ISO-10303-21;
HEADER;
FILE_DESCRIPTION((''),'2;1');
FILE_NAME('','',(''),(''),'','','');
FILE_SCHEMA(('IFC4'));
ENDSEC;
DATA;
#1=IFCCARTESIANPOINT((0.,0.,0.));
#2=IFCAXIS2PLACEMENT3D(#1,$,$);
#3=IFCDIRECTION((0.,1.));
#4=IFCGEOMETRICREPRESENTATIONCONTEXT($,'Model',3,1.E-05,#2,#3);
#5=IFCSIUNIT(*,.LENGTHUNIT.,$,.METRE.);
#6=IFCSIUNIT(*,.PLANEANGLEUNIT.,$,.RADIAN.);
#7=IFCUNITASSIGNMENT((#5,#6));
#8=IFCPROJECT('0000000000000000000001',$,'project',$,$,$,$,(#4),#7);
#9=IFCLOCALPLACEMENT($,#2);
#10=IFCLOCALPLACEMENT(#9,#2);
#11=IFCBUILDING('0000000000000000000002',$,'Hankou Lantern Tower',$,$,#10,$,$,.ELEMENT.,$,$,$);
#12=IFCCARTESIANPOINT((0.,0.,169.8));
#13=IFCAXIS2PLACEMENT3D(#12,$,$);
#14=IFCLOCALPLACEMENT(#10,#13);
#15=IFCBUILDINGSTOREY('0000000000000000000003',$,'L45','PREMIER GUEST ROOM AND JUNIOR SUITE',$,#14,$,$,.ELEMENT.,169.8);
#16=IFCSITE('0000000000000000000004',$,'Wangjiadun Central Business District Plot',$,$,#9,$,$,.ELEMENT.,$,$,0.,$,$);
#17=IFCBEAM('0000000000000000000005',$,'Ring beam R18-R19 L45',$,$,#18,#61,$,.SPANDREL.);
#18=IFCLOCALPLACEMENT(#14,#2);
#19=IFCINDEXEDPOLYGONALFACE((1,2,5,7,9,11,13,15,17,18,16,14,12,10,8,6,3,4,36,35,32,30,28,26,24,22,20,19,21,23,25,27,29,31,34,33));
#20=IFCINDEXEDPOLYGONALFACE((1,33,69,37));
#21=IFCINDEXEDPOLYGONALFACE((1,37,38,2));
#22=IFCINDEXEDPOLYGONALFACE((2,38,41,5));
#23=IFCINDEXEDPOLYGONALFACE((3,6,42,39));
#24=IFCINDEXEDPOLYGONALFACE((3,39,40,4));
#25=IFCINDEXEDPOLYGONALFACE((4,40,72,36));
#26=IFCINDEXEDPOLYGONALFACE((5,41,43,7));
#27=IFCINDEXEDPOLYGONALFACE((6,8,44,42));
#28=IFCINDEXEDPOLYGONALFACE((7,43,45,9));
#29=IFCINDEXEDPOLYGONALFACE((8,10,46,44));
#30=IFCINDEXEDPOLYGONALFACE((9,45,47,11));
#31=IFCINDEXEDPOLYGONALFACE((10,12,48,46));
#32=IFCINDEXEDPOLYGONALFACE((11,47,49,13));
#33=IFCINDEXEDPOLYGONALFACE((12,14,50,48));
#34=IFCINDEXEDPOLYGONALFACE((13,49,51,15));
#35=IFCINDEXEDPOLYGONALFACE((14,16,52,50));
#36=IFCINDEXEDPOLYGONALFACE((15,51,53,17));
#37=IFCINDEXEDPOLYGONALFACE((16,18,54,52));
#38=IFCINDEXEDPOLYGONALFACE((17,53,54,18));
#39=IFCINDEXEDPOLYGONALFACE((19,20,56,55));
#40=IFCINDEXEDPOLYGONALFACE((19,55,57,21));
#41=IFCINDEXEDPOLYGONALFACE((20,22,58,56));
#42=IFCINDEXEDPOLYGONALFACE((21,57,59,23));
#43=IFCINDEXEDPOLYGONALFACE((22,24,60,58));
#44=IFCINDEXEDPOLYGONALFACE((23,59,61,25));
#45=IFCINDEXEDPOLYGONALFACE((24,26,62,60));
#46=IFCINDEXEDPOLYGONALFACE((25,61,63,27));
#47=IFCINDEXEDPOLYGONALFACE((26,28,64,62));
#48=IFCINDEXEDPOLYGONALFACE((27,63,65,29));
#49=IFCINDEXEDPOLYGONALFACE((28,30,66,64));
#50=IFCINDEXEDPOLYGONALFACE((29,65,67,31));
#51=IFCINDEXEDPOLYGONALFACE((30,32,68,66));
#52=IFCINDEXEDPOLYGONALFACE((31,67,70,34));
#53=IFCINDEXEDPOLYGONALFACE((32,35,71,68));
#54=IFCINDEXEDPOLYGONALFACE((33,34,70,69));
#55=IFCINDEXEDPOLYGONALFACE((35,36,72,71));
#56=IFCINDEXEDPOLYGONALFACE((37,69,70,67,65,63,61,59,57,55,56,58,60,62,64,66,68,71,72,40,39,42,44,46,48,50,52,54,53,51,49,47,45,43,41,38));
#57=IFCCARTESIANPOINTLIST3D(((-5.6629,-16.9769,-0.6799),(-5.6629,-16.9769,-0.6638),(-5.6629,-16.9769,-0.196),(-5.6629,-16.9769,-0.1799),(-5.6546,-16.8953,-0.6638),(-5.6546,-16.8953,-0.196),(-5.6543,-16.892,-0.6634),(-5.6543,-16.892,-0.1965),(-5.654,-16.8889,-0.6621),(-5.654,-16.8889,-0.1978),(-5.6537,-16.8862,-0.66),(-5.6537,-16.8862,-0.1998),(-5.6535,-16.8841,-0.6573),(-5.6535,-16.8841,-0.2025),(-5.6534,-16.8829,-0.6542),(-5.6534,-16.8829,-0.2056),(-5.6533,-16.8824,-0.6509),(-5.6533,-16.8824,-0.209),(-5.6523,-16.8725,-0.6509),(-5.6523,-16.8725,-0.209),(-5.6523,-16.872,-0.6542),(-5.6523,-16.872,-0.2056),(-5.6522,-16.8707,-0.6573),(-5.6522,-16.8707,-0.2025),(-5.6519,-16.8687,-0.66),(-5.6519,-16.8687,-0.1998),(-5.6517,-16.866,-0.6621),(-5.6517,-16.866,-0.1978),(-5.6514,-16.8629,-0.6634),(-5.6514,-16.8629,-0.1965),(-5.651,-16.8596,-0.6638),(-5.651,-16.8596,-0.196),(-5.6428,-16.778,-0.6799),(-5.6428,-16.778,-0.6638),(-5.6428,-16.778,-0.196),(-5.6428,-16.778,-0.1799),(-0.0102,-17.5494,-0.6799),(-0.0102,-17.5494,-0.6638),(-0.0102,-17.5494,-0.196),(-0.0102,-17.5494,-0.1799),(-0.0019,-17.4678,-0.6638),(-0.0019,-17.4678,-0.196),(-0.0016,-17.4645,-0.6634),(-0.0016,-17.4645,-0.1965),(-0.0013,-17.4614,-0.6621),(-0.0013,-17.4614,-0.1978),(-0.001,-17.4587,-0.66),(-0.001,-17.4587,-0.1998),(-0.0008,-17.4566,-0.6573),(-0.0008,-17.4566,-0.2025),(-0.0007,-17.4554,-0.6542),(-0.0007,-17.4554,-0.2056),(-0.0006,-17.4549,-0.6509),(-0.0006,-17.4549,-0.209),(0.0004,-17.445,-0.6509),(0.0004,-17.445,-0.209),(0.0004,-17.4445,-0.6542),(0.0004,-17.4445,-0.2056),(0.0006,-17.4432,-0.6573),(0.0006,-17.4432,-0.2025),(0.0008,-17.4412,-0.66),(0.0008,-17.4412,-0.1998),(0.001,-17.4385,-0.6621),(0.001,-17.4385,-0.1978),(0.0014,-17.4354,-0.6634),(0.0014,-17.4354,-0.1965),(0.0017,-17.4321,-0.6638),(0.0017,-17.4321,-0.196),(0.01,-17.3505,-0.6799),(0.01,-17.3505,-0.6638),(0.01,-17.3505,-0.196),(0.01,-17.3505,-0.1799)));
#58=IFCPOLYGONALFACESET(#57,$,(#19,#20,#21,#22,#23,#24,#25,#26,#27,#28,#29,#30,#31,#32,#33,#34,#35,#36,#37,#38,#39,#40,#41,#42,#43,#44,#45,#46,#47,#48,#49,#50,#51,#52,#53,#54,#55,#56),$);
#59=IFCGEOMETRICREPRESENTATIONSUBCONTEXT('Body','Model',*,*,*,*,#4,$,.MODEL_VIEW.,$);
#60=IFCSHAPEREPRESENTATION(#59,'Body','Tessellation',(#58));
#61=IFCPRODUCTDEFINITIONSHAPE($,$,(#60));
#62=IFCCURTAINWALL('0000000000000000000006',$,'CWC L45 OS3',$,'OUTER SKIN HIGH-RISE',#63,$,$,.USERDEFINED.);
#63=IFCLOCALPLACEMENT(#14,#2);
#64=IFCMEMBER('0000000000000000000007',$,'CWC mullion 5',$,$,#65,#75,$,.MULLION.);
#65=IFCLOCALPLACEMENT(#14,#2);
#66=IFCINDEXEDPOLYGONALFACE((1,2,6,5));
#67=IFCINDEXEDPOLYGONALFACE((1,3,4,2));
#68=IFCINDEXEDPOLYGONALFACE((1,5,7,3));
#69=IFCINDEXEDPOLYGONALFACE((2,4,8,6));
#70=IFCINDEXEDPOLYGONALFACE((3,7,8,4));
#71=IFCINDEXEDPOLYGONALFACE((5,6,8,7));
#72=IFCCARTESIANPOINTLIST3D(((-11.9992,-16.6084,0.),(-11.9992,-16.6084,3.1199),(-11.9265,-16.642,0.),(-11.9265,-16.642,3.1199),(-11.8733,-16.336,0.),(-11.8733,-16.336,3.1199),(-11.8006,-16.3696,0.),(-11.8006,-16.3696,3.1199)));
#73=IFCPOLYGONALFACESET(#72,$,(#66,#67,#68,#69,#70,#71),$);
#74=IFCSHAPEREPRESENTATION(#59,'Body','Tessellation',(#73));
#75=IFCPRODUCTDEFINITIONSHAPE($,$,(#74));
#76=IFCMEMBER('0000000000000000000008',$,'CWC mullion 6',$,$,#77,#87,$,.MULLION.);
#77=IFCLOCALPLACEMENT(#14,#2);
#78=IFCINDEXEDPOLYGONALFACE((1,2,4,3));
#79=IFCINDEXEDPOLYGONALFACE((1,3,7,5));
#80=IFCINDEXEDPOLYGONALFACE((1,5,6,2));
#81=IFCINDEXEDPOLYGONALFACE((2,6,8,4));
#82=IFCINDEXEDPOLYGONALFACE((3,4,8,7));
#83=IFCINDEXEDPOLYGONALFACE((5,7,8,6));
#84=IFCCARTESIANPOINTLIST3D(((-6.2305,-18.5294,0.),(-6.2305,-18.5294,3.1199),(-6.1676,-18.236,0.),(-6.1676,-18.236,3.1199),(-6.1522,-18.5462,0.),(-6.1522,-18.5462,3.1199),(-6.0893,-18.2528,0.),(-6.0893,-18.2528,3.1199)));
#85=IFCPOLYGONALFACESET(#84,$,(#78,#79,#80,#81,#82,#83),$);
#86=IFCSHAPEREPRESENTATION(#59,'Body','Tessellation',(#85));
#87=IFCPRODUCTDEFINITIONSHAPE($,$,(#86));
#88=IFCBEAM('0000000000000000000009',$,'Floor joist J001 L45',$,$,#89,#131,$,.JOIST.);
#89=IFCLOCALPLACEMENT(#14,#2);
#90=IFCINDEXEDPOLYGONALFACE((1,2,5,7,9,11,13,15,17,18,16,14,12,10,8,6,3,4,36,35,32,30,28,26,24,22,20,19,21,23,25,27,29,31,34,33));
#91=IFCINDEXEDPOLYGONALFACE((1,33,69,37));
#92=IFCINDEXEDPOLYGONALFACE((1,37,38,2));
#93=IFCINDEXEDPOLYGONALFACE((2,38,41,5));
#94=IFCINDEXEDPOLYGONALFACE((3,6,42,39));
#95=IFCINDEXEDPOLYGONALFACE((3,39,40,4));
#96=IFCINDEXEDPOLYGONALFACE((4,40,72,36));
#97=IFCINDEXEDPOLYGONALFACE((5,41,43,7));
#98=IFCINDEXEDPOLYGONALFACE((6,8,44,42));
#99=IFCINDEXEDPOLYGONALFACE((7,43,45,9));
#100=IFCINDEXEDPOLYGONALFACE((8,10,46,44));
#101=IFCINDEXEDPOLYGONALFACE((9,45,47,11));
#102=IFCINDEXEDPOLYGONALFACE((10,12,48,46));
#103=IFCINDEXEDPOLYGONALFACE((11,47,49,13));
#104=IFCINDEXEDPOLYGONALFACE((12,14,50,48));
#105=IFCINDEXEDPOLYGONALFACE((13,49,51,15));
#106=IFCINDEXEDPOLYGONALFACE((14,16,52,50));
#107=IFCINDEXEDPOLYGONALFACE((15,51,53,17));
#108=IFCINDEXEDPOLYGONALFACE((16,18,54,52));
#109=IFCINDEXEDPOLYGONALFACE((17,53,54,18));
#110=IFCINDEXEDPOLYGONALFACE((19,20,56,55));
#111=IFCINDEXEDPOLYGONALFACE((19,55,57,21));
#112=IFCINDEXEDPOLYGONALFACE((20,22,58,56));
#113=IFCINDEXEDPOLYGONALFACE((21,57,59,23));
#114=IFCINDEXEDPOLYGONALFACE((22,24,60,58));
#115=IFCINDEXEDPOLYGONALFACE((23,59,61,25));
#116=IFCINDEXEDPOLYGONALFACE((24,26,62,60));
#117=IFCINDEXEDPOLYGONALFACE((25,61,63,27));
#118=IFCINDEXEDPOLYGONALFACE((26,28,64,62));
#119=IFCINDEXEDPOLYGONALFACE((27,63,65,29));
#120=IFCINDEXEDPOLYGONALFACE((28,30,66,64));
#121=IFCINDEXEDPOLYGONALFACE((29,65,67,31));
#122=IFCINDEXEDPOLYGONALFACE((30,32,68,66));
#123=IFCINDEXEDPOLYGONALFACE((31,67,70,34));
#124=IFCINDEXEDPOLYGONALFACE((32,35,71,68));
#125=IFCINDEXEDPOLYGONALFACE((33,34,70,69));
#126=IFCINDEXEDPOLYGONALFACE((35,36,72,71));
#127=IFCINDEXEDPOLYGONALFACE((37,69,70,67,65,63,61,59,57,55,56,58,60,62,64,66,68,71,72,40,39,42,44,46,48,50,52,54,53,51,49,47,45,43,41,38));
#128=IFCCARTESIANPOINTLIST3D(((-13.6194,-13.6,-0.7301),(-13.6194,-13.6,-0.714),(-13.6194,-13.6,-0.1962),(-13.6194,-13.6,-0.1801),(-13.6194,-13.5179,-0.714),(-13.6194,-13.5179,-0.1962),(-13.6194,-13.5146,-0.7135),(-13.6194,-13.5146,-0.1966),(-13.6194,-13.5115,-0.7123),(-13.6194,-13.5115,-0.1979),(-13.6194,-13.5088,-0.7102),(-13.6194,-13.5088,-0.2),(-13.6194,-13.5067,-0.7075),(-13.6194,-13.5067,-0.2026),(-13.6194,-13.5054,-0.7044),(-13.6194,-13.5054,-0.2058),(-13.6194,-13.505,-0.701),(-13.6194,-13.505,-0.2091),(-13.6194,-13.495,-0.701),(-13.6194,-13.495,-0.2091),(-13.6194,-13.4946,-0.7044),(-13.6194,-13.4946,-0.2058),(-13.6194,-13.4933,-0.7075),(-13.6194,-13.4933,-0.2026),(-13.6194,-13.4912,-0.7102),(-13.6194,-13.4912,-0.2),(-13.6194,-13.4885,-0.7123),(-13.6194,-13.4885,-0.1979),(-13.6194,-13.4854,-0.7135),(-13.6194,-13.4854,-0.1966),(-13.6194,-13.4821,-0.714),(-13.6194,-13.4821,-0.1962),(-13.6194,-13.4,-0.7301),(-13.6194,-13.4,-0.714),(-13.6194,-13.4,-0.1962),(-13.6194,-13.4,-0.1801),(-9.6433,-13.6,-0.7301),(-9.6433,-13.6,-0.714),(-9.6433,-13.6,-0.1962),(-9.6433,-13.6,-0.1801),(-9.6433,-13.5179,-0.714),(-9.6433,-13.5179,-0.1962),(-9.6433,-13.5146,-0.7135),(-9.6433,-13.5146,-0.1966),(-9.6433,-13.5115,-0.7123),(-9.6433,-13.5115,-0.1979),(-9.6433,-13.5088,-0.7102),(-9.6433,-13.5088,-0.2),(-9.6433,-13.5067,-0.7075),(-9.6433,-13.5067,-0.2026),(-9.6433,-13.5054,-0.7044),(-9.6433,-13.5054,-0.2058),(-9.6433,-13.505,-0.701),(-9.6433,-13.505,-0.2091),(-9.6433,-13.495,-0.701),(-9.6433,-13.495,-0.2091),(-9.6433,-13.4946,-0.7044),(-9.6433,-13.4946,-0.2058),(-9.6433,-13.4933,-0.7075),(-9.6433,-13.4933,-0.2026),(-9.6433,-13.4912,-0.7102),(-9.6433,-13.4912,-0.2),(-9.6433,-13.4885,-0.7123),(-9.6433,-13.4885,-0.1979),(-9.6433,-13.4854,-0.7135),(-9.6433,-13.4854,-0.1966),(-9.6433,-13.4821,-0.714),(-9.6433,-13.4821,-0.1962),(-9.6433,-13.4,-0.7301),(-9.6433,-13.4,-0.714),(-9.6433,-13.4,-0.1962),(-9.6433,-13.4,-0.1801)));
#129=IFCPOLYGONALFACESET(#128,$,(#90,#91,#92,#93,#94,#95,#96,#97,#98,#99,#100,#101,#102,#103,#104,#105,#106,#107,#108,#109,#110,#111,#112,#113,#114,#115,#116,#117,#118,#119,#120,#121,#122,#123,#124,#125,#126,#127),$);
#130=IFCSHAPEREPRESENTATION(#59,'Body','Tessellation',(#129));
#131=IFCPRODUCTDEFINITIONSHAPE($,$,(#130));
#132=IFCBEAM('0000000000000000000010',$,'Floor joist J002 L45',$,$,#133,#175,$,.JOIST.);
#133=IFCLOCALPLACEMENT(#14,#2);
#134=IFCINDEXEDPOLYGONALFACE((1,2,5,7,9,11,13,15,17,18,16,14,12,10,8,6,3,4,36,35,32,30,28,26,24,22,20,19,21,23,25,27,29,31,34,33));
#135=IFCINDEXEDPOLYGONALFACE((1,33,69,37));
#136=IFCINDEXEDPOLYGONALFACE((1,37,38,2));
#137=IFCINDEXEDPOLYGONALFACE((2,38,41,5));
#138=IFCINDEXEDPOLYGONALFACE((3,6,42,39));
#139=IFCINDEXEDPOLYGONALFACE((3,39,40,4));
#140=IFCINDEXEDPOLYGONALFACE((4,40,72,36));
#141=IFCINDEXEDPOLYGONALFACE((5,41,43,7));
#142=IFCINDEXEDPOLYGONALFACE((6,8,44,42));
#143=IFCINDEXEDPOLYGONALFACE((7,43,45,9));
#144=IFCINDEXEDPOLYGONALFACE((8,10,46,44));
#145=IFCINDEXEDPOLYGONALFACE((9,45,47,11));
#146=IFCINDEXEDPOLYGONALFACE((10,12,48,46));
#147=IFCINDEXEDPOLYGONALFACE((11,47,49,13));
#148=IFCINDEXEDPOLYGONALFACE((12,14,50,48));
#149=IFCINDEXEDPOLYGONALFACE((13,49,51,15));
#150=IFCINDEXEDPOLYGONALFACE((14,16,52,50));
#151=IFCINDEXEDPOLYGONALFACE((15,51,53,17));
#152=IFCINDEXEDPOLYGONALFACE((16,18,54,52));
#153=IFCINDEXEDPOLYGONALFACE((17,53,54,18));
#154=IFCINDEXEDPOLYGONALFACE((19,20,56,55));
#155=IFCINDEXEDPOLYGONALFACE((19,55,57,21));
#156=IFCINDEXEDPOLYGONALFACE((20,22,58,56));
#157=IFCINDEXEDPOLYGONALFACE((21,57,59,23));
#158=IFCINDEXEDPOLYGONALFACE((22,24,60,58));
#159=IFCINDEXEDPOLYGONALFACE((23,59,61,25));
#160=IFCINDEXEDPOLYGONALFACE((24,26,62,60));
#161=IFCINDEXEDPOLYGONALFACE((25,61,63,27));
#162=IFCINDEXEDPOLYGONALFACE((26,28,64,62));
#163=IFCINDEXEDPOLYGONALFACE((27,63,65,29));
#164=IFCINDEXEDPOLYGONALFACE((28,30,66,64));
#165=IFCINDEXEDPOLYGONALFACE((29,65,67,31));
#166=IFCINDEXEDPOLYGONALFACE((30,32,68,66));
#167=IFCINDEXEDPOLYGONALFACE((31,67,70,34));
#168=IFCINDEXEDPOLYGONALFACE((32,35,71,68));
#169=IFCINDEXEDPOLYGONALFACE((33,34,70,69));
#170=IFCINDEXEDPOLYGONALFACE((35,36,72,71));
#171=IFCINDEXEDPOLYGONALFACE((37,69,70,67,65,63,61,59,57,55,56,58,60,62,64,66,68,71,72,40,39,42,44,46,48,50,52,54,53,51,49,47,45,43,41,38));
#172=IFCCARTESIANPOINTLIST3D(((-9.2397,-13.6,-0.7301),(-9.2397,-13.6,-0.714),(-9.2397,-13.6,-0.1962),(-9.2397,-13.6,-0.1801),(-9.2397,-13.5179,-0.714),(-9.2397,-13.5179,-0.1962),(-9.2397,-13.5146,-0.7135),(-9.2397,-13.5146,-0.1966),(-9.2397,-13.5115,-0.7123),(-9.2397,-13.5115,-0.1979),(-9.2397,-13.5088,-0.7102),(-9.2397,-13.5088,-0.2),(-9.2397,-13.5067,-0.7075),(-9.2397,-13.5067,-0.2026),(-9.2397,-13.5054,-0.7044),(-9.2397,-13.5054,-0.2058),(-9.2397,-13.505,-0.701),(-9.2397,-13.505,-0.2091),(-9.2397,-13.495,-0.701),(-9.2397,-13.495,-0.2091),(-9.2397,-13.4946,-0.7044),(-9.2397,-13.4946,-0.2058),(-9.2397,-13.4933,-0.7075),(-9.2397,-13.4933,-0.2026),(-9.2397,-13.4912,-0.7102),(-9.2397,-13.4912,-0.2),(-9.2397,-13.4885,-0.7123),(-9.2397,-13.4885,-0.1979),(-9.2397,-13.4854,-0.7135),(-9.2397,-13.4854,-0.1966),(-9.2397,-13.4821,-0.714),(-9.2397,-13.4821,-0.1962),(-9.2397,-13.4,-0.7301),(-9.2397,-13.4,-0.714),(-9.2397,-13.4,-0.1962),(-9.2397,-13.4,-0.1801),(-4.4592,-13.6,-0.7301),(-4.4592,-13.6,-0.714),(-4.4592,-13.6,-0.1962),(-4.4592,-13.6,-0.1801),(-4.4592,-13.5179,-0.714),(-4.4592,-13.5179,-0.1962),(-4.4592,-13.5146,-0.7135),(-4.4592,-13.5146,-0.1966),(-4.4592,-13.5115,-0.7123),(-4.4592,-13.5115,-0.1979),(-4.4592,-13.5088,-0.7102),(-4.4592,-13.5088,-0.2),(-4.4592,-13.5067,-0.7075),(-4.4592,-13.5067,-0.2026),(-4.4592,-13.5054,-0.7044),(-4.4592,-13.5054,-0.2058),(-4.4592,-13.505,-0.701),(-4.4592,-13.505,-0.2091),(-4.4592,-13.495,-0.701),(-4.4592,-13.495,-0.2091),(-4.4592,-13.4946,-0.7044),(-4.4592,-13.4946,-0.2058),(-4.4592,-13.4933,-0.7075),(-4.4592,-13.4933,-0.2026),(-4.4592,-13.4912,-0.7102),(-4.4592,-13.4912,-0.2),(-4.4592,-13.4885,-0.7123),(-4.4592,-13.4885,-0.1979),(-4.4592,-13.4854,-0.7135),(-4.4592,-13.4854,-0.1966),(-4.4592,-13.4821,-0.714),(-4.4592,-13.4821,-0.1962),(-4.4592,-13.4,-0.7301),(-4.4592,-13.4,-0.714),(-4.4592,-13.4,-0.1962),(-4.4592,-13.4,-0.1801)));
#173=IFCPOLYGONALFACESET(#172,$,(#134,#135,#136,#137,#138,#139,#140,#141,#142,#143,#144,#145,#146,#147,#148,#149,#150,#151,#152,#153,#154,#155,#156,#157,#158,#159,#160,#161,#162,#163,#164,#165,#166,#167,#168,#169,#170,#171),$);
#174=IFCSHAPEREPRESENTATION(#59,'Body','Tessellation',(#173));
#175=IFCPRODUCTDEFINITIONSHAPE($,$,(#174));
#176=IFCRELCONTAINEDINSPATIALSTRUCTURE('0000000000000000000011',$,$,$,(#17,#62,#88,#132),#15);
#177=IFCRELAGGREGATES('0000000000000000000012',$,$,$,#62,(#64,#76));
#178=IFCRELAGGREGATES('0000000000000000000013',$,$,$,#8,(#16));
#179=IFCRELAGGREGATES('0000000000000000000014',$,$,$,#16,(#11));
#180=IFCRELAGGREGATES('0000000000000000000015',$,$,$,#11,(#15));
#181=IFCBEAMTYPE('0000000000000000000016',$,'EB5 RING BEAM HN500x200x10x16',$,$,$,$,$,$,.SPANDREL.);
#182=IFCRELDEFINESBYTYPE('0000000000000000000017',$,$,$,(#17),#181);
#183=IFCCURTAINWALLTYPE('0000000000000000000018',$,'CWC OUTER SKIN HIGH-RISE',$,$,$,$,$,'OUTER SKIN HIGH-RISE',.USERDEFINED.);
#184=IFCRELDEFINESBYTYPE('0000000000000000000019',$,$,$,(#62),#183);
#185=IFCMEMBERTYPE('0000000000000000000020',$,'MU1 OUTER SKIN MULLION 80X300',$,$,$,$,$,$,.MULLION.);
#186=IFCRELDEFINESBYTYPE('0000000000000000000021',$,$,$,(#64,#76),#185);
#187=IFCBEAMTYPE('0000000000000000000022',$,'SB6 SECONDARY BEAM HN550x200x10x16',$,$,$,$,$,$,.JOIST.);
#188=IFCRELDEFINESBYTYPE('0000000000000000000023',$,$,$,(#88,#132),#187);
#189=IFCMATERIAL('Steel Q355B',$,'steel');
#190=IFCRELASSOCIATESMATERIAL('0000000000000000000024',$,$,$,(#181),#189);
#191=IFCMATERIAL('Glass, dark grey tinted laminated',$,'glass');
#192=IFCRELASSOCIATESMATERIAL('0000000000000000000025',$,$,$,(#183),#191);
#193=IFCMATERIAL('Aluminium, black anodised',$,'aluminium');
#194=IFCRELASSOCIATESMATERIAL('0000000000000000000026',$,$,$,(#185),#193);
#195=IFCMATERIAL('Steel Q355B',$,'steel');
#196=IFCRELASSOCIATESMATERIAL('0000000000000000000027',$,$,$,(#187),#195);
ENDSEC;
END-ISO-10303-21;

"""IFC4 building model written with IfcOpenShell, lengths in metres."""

from ifc_helpers import new_model, si_unit, direction, frame, origin, origin_2d, place, context, subcontext, project, spatial, rectangle, i_section, extrude, material, material_profile, profile_set, type_object, element, aggregate, save


model = new_model("IFC4")

# Units and contexts
model_context = context("Model", 3, precision=1e-05, world=origin(), true_north=direction((0.0, 1.0)))
body_context = subcontext(model_context, "Body", "Model", "MODEL_VIEW")
ifc_project = project(units=[si_unit("LENGTHUNIT", "METRE"), si_unit("PLANEANGLEUNIT", "RADIAN")], contexts=[model_context])

# Site, building, storey
site_placement = place(None, origin())
site = spatial("IfcSite", under=ifc_project, at=site_placement, Name="Wangjiadun Central Business District Plot", CompositionType="ELEMENT", RefElevation=0.0)
building_placement = place(site_placement, origin())
building = spatial("IfcBuilding", under=site, at=building_placement, Name="Hankou Lantern Tower", CompositionType="ELEMENT")
storey_placement = place(building_placement, frame((0.0, 0.0, 169.8)))
storey = spatial("IfcBuildingStorey", under=building, at=storey_placement, Name="L45", Description="PREMIER GUEST ROOM AND JUNIOR SUITE", CompositionType="ELEMENT", Elevation=169.8)

# Beam
ifc_material_1 = material(Name="Steel Q355B", Category="steel")
ifc_material_profile_1 = material_profile(ifc_material_1, i_section(OverallWidth=0.2, OverallDepth=0.5, WebThickness=0.01, FlangeThickness=0.0161, FilletRadius=0.0129, at=origin_2d()), Name="HN500x200x10x16")
ifc_profile_set_1 = profile_set([ifc_material_profile_1], Name="Steel Q355B")
beam_type_1 = type_object("IfcBeamType", Name="EB5 RING BEAM HN500x200x10x16", PredefinedType="SPANDREL", material=ifc_profile_set_1)
beam_1_placement = place(storey_placement, frame((-5.6528, -16.8774, -0.4299), z_axis=(0.99491, -0.100763, 0.0), x_axis=(0.100763, 0.99491, 0.0)))
element("IfcBeam", 1, at=beam_1_placement, inside=storey, type_object=beam_type_1, Name="Ring beam R18-R19 L45", PredefinedType="SPANDREL", context=body_context, shape_type="SweptSolid", body=[
    extrude(i_section(OverallWidth=0.2, OverallDepth=0.5, WebThickness=0.01, FlangeThickness=0.0161, FilletRadius=0.0129, at=origin_2d()), origin(), (0.0, 0.0, 1.0), 5.6816),
])

# Curtain wall, members
ifc_material_2 = material(Name="Glass, dark grey tinted laminated", Category="glass")
curtain_wall_type = type_object("IfcCurtainWallType", Name="CWC OUTER SKIN HIGH-RISE", ElementType="OUTER SKIN HIGH-RISE", PredefinedType="USERDEFINED", material=ifc_material_2)
curtain_wall_placement = place(storey_placement, origin())
curtain_wall = element("IfcCurtainWall", 2, at=curtain_wall_placement, inside=storey, type_object=curtain_wall_type, Name="CWC L45 OS3", ObjectType="OUTER SKIN HIGH-RISE", PredefinedType="USERDEFINED")
ifc_material_3 = material(Name="Aluminium, black anodised", Category="aluminium")
ifc_material_profile_2 = material_profile(ifc_material_3, rectangle(XDim=0.0801, YDim=0.3, at=origin_2d()), Name="MU1 80X300")
ifc_profile_set_2 = profile_set([ifc_material_profile_2], Name="Aluminium, black anodised")
member_type_1 = type_object("IfcMemberType", Name="MU1 OUTER SKIN MULLION 80X300", PredefinedType="MULLION", material=ifc_profile_set_2)
member_1_placement = place(storey_placement, frame((-11.8999, -16.489, 0.0), z_axis=(0.0, 0.0, 1.0), x_axis=(0.907841, -0.419314, 0.0)))
member_1 = element("IfcMember", 3, at=member_1_placement, type_object=member_type_1, Name="CWC mullion 5", PredefinedType="MULLION", context=body_context, shape_type="SweptSolid", body=[
    extrude(rectangle(XDim=0.0801, YDim=0.3, at=origin_2d()), origin(), (0.0, 0.0, 1.0), 3.1199),
])
member_2_placement = place(storey_placement, frame((-6.1599, -18.3911, 0.0), z_axis=(0.0, 0.0, 1.0), x_axis=(0.977788, -0.209598, 0.0)))
member_2 = element("IfcMember", 4, at=member_2_placement, type_object=member_type_1, Name="CWC mullion 6", PredefinedType="MULLION", context=body_context, shape_type="SweptSolid", body=[
    extrude(rectangle(XDim=0.0801, YDim=0.3, at=origin_2d()), origin(), (0.0, 0.0, 1.0), 3.1199),
])

# Beams
ifc_material_4 = material(Name="Steel Q355B", Category="steel")
ifc_material_profile_3 = material_profile(ifc_material_4, i_section(OverallWidth=0.2, OverallDepth=0.55, WebThickness=0.01, FlangeThickness=0.0161, FilletRadius=0.0129, at=origin_2d()), Name="HN550x200x10x16")
ifc_profile_set_3 = profile_set([ifc_material_profile_3], Name="Steel Q355B")
beam_type_2 = type_object("IfcBeamType", Name="SB6 SECONDARY BEAM HN550x200x10x16", PredefinedType="JOIST", material=ifc_profile_set_3)
beam_2_placement = place(storey_placement, frame((-13.6194, -13.5, -0.4551), z_axis=(1.0, 0.0, 0.0), x_axis=(0.0, 1.0, 0.0)))
element("IfcBeam", 5, at=beam_2_placement, inside=storey, type_object=beam_type_2, Name="Floor joist J001 L45", PredefinedType="JOIST", context=body_context, shape_type="SweptSolid", body=[
    extrude(i_section(OverallWidth=0.2, OverallDepth=0.55, WebThickness=0.01, FlangeThickness=0.0161, FilletRadius=0.0129, at=origin_2d()), origin(), (0.0, 0.0, 1.0), 3.9761),
])
beam_3_placement = place(storey_placement, frame((-9.2397, -13.5, -0.4551), z_axis=(1.0, 0.0, 0.0), x_axis=(0.0, 1.0, 0.0)))
element("IfcBeam", 6, at=beam_3_placement, inside=storey, type_object=beam_type_2, Name="Floor joist J002 L45", PredefinedType="JOIST", context=body_context, shape_type="SweptSolid", body=[
    extrude(i_section(OverallWidth=0.2, OverallDepth=0.55, WebThickness=0.01, FlangeThickness=0.0161, FilletRadius=0.0129, at=origin_2d()), origin(), (0.0, 0.0, 1.0), 4.7805),
])

aggregate(curtain_wall, [member_1, member_2])

save(model, "model.ifc")
